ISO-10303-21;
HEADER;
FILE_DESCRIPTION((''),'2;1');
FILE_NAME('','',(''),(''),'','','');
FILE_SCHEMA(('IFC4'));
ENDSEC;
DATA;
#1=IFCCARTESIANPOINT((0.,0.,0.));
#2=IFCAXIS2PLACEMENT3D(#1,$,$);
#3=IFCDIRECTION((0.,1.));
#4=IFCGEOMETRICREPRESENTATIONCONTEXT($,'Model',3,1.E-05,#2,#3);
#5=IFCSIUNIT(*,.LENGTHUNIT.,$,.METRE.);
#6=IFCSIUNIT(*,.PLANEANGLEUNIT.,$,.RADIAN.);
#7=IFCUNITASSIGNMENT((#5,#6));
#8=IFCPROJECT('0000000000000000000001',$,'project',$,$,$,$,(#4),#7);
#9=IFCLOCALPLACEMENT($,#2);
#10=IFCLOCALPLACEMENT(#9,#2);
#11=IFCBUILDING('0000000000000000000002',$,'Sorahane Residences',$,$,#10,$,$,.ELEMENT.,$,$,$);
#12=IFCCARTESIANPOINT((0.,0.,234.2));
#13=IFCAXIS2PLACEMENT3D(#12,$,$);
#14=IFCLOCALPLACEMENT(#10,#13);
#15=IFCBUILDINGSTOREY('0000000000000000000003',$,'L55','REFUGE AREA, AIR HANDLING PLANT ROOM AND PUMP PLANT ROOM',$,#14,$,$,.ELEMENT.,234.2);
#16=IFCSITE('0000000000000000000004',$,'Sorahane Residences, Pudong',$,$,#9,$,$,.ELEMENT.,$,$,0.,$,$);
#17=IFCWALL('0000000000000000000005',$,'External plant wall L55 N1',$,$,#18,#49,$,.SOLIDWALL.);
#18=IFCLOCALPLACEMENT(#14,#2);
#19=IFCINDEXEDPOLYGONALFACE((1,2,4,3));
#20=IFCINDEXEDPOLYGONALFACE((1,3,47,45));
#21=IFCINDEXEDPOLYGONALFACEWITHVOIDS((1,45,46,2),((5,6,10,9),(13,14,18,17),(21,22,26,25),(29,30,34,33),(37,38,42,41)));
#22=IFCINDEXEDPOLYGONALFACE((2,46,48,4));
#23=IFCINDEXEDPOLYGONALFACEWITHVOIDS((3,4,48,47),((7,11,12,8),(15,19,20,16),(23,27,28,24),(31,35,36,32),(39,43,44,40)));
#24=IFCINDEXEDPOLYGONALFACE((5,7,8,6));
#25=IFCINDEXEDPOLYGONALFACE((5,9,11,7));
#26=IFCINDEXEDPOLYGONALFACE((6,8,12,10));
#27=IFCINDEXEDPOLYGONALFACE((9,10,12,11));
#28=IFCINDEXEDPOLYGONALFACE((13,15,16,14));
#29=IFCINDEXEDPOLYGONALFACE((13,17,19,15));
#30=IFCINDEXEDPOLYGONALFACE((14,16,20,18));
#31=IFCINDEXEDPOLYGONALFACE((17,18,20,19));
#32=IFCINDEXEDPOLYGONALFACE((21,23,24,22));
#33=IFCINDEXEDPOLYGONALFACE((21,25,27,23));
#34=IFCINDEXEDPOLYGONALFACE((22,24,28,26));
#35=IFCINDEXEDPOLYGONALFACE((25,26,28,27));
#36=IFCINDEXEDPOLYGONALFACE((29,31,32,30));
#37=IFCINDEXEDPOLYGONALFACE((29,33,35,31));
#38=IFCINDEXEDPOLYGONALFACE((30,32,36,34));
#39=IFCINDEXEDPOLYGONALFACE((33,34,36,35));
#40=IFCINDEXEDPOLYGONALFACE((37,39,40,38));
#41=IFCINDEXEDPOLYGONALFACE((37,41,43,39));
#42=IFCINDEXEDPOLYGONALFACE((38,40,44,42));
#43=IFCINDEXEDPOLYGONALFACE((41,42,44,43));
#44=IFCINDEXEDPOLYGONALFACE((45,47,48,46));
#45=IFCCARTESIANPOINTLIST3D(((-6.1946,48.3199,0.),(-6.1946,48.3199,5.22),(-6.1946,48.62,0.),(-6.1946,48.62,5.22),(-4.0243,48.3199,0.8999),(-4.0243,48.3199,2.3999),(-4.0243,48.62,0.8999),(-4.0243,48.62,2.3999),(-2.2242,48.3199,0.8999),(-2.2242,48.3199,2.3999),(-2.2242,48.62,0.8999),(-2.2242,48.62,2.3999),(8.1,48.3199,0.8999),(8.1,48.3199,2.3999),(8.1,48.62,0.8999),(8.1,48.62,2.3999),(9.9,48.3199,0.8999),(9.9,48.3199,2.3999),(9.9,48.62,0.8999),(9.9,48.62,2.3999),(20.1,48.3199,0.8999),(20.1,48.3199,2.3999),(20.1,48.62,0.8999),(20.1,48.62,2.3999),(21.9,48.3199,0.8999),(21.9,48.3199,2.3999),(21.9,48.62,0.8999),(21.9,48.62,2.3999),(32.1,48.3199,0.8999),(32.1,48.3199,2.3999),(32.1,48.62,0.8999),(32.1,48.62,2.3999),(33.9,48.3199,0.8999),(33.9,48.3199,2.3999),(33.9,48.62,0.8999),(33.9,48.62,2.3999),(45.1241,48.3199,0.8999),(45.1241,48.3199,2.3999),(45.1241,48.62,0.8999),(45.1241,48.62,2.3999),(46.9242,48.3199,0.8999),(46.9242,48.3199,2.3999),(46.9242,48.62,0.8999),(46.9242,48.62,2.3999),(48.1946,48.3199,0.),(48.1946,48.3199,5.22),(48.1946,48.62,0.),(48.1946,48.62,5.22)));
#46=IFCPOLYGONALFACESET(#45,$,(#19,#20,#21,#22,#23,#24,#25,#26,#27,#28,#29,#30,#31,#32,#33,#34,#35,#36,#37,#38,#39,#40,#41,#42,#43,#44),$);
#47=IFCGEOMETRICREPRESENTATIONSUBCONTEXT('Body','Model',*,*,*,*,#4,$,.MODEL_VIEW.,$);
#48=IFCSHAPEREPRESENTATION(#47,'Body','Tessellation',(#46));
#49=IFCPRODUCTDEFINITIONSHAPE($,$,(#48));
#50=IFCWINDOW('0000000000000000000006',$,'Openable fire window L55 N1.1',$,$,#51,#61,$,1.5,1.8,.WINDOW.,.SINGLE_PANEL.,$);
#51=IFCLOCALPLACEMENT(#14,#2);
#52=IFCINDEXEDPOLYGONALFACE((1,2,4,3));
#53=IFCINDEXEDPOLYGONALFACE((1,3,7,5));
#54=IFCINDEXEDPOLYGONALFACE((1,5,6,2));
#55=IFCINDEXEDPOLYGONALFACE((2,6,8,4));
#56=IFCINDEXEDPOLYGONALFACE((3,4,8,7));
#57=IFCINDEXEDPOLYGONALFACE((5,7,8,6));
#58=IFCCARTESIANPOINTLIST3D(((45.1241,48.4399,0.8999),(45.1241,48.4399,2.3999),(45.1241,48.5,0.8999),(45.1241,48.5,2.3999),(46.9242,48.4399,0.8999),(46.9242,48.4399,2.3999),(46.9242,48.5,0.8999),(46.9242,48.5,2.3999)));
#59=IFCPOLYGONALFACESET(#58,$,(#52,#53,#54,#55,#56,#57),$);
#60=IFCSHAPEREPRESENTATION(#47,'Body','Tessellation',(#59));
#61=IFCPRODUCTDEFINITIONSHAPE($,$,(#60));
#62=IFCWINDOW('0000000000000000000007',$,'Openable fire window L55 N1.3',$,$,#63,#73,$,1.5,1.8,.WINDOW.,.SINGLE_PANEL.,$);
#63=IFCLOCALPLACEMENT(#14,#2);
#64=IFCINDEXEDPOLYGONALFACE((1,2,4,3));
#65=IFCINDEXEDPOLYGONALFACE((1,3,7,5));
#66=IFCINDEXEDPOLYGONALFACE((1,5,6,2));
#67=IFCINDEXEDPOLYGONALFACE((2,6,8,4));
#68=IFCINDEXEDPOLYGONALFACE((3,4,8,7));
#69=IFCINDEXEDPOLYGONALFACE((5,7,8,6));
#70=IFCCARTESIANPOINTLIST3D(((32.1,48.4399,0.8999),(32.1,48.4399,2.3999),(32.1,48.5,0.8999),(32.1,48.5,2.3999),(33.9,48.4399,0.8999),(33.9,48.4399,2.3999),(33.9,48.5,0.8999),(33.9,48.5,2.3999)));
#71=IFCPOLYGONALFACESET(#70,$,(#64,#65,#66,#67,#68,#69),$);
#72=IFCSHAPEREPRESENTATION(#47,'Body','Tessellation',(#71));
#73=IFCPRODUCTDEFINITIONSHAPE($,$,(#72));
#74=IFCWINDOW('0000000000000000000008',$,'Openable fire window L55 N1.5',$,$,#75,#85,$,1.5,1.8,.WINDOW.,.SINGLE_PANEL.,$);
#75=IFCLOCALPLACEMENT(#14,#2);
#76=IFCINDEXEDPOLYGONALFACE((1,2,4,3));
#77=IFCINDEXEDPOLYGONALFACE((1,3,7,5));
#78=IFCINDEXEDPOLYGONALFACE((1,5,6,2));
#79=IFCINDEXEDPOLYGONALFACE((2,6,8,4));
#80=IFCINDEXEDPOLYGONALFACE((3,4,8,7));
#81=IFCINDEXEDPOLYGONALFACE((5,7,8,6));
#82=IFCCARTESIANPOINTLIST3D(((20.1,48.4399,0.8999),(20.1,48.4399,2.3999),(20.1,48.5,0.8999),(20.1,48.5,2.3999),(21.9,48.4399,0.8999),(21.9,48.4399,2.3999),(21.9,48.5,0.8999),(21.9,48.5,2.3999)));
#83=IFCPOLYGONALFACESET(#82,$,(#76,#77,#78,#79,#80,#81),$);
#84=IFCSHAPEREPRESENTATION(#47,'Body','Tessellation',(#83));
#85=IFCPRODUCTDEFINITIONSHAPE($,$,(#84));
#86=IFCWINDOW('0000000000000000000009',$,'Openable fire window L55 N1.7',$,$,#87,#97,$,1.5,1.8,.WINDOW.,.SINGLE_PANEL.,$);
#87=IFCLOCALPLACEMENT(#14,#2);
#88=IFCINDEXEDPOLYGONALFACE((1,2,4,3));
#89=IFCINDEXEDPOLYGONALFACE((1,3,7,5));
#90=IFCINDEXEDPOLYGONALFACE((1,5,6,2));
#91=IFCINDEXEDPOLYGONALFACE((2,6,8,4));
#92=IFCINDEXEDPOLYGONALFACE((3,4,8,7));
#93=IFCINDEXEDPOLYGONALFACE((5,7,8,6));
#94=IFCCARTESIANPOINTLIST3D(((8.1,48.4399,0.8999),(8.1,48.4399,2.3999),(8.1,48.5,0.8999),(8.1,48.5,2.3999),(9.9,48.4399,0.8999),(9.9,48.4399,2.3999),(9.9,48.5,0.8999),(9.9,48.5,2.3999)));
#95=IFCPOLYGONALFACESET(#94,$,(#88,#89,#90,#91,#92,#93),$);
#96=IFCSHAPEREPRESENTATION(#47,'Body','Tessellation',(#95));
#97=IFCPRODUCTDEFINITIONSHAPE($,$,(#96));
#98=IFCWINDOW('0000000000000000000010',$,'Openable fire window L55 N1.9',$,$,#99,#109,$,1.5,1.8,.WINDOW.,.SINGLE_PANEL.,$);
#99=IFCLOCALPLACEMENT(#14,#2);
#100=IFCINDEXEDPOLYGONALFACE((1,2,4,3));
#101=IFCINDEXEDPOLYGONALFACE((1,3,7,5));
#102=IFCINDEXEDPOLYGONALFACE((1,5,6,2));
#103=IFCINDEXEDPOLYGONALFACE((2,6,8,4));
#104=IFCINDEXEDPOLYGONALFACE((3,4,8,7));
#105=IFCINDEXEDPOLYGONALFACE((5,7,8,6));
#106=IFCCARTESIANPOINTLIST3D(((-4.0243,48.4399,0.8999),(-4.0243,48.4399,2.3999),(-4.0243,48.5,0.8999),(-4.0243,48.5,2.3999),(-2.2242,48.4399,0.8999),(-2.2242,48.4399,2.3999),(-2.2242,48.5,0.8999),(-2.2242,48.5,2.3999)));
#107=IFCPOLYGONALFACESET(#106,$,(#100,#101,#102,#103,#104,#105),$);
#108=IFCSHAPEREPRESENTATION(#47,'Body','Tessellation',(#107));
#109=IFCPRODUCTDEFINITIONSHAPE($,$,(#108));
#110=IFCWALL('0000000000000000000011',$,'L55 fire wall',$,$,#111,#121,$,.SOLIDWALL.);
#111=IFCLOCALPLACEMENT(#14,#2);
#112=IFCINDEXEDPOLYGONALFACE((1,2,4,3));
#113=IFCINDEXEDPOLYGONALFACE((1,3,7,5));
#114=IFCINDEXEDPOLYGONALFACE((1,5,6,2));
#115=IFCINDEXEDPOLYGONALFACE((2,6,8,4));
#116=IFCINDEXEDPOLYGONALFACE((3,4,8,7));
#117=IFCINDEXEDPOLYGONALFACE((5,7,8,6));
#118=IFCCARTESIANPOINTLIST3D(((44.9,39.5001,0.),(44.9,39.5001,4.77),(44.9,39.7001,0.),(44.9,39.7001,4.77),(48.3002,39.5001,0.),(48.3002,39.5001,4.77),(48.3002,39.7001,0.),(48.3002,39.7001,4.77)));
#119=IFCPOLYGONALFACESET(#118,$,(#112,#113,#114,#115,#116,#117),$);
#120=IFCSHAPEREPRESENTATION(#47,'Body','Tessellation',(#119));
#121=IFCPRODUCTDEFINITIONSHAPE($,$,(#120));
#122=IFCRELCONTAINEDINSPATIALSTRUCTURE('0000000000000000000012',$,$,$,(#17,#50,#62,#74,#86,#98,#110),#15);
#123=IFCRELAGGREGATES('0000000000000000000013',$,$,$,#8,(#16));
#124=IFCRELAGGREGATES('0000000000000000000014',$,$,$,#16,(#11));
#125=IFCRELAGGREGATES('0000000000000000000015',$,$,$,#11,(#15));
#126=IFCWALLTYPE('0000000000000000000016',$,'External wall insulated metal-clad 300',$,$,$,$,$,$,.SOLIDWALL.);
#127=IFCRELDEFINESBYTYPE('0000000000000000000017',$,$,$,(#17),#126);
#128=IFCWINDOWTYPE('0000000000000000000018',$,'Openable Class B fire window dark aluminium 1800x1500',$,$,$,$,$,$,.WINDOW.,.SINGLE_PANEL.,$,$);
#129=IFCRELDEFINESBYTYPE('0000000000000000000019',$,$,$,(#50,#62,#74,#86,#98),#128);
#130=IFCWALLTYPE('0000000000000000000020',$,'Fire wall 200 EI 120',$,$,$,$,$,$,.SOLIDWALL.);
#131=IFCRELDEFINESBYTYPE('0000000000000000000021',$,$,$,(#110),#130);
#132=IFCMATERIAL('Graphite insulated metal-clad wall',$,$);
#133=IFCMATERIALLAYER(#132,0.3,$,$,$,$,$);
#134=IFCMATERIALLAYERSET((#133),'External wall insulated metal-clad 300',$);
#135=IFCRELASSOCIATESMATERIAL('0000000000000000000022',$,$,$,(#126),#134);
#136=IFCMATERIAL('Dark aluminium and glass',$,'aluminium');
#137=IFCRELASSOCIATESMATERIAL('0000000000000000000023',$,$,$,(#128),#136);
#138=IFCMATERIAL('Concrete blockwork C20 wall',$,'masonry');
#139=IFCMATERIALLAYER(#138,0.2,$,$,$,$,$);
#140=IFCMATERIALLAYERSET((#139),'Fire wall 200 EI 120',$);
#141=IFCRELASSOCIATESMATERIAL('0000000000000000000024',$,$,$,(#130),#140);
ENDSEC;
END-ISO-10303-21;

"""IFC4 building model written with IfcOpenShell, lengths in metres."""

from ifc_helpers import new_model, si_unit, direction, frame, frame_2d, origin, place, context, subcontext, project, spatial, rectangle, extrude, material, layer, layer_set, type_object, element, fill, save


model = new_model("IFC4")

# Units and contexts
model_context = context("Model", 3, precision=1e-05, world=origin(), true_north=direction((0.0, 1.0)))
body_context = subcontext(model_context, "Body", "Model", "MODEL_VIEW")
ifc_project = project(units=[si_unit("LENGTHUNIT", "METRE"), si_unit("PLANEANGLEUNIT", "RADIAN")], contexts=[model_context])

# Site, building, storey
site_placement = place(None, origin())
site = spatial("IfcSite", under=ifc_project, at=site_placement, Name="Sorahane Residences, Pudong", CompositionType="ELEMENT", RefElevation=0.0)
building_placement = place(site_placement, origin())
building = spatial("IfcBuilding", under=site, at=building_placement, Name="Sorahane Residences", CompositionType="ELEMENT")
storey_placement = place(building_placement, frame((0.0, 0.0, 234.2)))
storey = spatial("IfcBuildingStorey", under=building, at=storey_placement, Name="L55", Description="REFUGE AREA, AIR HANDLING PLANT ROOM AND PUMP PLANT ROOM", CompositionType="ELEMENT", Elevation=234.2)

# Shared definitions
ifc_material_1 = material(Name="Graphite insulated metal-clad wall")
ifc_layer_1 = layer(ifc_material_1, 0.3)
ifc_layer_set_1 = layer_set([ifc_layer_1], Name="External wall insulated metal-clad 300")
wall_type_1 = type_object("IfcWallType", Name="External wall insulated metal-clad 300", PredefinedType="SOLIDWALL", material=ifc_layer_set_1)
ifc_material_2 = material(Name="Dark aluminium and glass", Category="aluminium")
window_type = type_object("IfcWindowType", Name="Openable Class B fire window dark aluminium 1800x1500", PartitioningType="SINGLE_PANEL", PredefinedType="WINDOW", material=ifc_material_2)

# Wall, openings, windows
wall_1_placement = place(storey_placement, frame((48.1946, 48.47, 0.0), z_axis=(0.0, 0.0, 1.0), x_axis=(-1.0, 0.0, 0.0)))
wall_1 = element("IfcWall", 1, at=wall_1_placement, inside=storey, type_object=wall_type_1, Name="External plant wall L55 N1", PredefinedType="SOLIDWALL", context=body_context, shape_type="SweptSolid", body=[
    extrude(rectangle(XDim=54.3892, YDim=0.3, at=frame_2d((27.1946, 0.0))), origin(), (0.0, 0.0, 1.0), 5.22),
])
opening_1_placement = place(wall_1_placement, frame((1.2705, 0.0, 0.8999)))
opening_1 = element("IfcOpeningElement", 2, at=opening_1_placement, cuts=wall_1, PredefinedType="OPENING", context=body_context, shape_type="SweptSolid", body=[
    extrude(rectangle(XDim=1.8, YDim=1.5, at=frame_2d((0.8999, 0.75))), frame((0.0, 0.1599, 0.0), z_axis=(0.0, -1.0, 0.0), x_axis=(1.0, 0.0, 0.0)), (0.0, 0.0, 1.0), 0.3201),
])
opening_2_placement = place(wall_1_placement, frame((14.2947, 0.0, 0.8999)))
opening_2 = element("IfcOpeningElement", 3, at=opening_2_placement, cuts=wall_1, PredefinedType="OPENING", context=body_context, shape_type="SweptSolid", body=[
    extrude(rectangle(XDim=1.8, YDim=1.5, at=frame_2d((0.8999, 0.75))), frame((0.0, 0.1599, 0.0), z_axis=(0.0, -1.0, 0.0), x_axis=(1.0, 0.0, 0.0)), (0.0, 0.0, 1.0), 0.3201),
])
opening_3_placement = place(wall_1_placement, frame((26.2947, 0.0, 0.8999)))
opening_3 = element("IfcOpeningElement", 4, at=opening_3_placement, cuts=wall_1, PredefinedType="OPENING", context=body_context, shape_type="SweptSolid", body=[
    extrude(rectangle(XDim=1.8, YDim=1.5, at=frame_2d((0.8999, 0.75))), frame((0.0, 0.1599, 0.0), z_axis=(0.0, -1.0, 0.0), x_axis=(1.0, 0.0, 0.0)), (0.0, 0.0, 1.0), 0.3201),
])
opening_4_placement = place(wall_1_placement, frame((38.2947, 0.0, 0.8999)))
opening_4 = element("IfcOpeningElement", 5, at=opening_4_placement, cuts=wall_1, PredefinedType="OPENING", context=body_context, shape_type="SweptSolid", body=[
    extrude(rectangle(XDim=1.8, YDim=1.5, at=frame_2d((0.8999, 0.75))), frame((0.0, 0.1599, 0.0), z_axis=(0.0, -1.0, 0.0), x_axis=(1.0, 0.0, 0.0)), (0.0, 0.0, 1.0), 0.3201),
])
opening_5_placement = place(wall_1_placement, frame((50.4189, 0.0, 0.8999)))
opening_5 = element("IfcOpeningElement", 6, at=opening_5_placement, cuts=wall_1, PredefinedType="OPENING", context=body_context, shape_type="SweptSolid", body=[
    extrude(rectangle(XDim=1.8, YDim=1.5, at=frame_2d((0.8999, 0.75))), frame((0.0, 0.1599, 0.0), z_axis=(0.0, -1.0, 0.0), x_axis=(1.0, 0.0, 0.0)), (0.0, 0.0, 1.0), 0.3201),
])
window_1_placement = place(opening_1_placement, origin())
window_1 = element("IfcWindow", 7, at=window_1_placement, inside=storey, type_object=window_type, Name="Openable fire window L55 N1.1", OverallHeight=1.5, OverallWidth=1.8, PartitioningType="SINGLE_PANEL", PredefinedType="WINDOW", context=body_context, shape_type="SweptSolid", body=[
    extrude(rectangle(XDim=1.8, YDim=1.5, at=frame_2d((0.8999, 0.75))), frame((0.0, 0.03, 0.0), z_axis=(0.0, -1.0, 0.0), x_axis=(1.0, 0.0, 0.0)), (0.0, 0.0, 1.0), 0.0601),
])
fill(opening_1, window_1)
window_2_placement = place(opening_2_placement, origin())
window_2 = element("IfcWindow", 8, at=window_2_placement, inside=storey, type_object=window_type, Name="Openable fire window L55 N1.3", OverallHeight=1.5, OverallWidth=1.8, PartitioningType="SINGLE_PANEL", PredefinedType="WINDOW", context=body_context, shape_type="SweptSolid", body=[
    extrude(rectangle(XDim=1.8, YDim=1.5, at=frame_2d((0.8999, 0.75))), frame((0.0, 0.03, 0.0), z_axis=(0.0, -1.0, 0.0), x_axis=(1.0, 0.0, 0.0)), (0.0, 0.0, 1.0), 0.0601),
])
fill(opening_2, window_2)
window_3_placement = place(opening_3_placement, origin())
window_3 = element("IfcWindow", 9, at=window_3_placement, inside=storey, type_object=window_type, Name="Openable fire window L55 N1.5", OverallHeight=1.5, OverallWidth=1.8, PartitioningType="SINGLE_PANEL", PredefinedType="WINDOW", context=body_context, shape_type="SweptSolid", body=[
    extrude(rectangle(XDim=1.8, YDim=1.5, at=frame_2d((0.8999, 0.75))), frame((0.0, 0.03, 0.0), z_axis=(0.0, -1.0, 0.0), x_axis=(1.0, 0.0, 0.0)), (0.0, 0.0, 1.0), 0.0601),
])
fill(opening_3, window_3)
window_4_placement = place(opening_4_placement, origin())
window_4 = element("IfcWindow", 10, at=window_4_placement, inside=storey, type_object=window_type, Name="Openable fire window L55 N1.7", OverallHeight=1.5, OverallWidth=1.8, PartitioningType="SINGLE_PANEL", PredefinedType="WINDOW", context=body_context, shape_type="SweptSolid", body=[
    extrude(rectangle(XDim=1.8, YDim=1.5, at=frame_2d((0.8999, 0.75))), frame((0.0, 0.03, 0.0), z_axis=(0.0, -1.0, 0.0), x_axis=(1.0, 0.0, 0.0)), (0.0, 0.0, 1.0), 0.0601),
])
fill(opening_4, window_4)
window_5_placement = place(opening_5_placement, origin())
window_5 = element("IfcWindow", 11, at=window_5_placement, inside=storey, type_object=window_type, Name="Openable fire window L55 N1.9", OverallHeight=1.5, OverallWidth=1.8, PartitioningType="SINGLE_PANEL", PredefinedType="WINDOW", context=body_context, shape_type="SweptSolid", body=[
    extrude(rectangle(XDim=1.8, YDim=1.5, at=frame_2d((0.8999, 0.75))), frame((0.0, 0.03, 0.0), z_axis=(0.0, -1.0, 0.0), x_axis=(1.0, 0.0, 0.0)), (0.0, 0.0, 1.0), 0.0601),
])
fill(opening_5, window_5)

# Wall
ifc_material_3 = material(Name="Concrete blockwork C20 wall", Category="masonry")
ifc_layer_2 = layer(ifc_material_3, 0.2)
ifc_layer_set_2 = layer_set([ifc_layer_2], Name="Fire wall 200 EI 120")
wall_type_2 = type_object("IfcWallType", Name="Fire wall 200 EI 120", PredefinedType="SOLIDWALL", material=ifc_layer_set_2)
wall_2_placement = place(storey_placement, frame((44.8999, 39.6001, 0.0), z_axis=(0.0, 0.0, 1.0), x_axis=(1.0, 0.0, 0.0)))
element("IfcWall", 12, at=wall_2_placement, inside=storey, type_object=wall_type_2, Name="L55 fire wall", PredefinedType="SOLIDWALL", context=body_context, shape_type="SweptSolid", body=[
    extrude(rectangle(XDim=3.4001, YDim=0.2, at=frame_2d((1.7002, 0.0))), origin(), (0.0, 0.0, 1.0), 4.77),
])

save(model, "model.ifc")
